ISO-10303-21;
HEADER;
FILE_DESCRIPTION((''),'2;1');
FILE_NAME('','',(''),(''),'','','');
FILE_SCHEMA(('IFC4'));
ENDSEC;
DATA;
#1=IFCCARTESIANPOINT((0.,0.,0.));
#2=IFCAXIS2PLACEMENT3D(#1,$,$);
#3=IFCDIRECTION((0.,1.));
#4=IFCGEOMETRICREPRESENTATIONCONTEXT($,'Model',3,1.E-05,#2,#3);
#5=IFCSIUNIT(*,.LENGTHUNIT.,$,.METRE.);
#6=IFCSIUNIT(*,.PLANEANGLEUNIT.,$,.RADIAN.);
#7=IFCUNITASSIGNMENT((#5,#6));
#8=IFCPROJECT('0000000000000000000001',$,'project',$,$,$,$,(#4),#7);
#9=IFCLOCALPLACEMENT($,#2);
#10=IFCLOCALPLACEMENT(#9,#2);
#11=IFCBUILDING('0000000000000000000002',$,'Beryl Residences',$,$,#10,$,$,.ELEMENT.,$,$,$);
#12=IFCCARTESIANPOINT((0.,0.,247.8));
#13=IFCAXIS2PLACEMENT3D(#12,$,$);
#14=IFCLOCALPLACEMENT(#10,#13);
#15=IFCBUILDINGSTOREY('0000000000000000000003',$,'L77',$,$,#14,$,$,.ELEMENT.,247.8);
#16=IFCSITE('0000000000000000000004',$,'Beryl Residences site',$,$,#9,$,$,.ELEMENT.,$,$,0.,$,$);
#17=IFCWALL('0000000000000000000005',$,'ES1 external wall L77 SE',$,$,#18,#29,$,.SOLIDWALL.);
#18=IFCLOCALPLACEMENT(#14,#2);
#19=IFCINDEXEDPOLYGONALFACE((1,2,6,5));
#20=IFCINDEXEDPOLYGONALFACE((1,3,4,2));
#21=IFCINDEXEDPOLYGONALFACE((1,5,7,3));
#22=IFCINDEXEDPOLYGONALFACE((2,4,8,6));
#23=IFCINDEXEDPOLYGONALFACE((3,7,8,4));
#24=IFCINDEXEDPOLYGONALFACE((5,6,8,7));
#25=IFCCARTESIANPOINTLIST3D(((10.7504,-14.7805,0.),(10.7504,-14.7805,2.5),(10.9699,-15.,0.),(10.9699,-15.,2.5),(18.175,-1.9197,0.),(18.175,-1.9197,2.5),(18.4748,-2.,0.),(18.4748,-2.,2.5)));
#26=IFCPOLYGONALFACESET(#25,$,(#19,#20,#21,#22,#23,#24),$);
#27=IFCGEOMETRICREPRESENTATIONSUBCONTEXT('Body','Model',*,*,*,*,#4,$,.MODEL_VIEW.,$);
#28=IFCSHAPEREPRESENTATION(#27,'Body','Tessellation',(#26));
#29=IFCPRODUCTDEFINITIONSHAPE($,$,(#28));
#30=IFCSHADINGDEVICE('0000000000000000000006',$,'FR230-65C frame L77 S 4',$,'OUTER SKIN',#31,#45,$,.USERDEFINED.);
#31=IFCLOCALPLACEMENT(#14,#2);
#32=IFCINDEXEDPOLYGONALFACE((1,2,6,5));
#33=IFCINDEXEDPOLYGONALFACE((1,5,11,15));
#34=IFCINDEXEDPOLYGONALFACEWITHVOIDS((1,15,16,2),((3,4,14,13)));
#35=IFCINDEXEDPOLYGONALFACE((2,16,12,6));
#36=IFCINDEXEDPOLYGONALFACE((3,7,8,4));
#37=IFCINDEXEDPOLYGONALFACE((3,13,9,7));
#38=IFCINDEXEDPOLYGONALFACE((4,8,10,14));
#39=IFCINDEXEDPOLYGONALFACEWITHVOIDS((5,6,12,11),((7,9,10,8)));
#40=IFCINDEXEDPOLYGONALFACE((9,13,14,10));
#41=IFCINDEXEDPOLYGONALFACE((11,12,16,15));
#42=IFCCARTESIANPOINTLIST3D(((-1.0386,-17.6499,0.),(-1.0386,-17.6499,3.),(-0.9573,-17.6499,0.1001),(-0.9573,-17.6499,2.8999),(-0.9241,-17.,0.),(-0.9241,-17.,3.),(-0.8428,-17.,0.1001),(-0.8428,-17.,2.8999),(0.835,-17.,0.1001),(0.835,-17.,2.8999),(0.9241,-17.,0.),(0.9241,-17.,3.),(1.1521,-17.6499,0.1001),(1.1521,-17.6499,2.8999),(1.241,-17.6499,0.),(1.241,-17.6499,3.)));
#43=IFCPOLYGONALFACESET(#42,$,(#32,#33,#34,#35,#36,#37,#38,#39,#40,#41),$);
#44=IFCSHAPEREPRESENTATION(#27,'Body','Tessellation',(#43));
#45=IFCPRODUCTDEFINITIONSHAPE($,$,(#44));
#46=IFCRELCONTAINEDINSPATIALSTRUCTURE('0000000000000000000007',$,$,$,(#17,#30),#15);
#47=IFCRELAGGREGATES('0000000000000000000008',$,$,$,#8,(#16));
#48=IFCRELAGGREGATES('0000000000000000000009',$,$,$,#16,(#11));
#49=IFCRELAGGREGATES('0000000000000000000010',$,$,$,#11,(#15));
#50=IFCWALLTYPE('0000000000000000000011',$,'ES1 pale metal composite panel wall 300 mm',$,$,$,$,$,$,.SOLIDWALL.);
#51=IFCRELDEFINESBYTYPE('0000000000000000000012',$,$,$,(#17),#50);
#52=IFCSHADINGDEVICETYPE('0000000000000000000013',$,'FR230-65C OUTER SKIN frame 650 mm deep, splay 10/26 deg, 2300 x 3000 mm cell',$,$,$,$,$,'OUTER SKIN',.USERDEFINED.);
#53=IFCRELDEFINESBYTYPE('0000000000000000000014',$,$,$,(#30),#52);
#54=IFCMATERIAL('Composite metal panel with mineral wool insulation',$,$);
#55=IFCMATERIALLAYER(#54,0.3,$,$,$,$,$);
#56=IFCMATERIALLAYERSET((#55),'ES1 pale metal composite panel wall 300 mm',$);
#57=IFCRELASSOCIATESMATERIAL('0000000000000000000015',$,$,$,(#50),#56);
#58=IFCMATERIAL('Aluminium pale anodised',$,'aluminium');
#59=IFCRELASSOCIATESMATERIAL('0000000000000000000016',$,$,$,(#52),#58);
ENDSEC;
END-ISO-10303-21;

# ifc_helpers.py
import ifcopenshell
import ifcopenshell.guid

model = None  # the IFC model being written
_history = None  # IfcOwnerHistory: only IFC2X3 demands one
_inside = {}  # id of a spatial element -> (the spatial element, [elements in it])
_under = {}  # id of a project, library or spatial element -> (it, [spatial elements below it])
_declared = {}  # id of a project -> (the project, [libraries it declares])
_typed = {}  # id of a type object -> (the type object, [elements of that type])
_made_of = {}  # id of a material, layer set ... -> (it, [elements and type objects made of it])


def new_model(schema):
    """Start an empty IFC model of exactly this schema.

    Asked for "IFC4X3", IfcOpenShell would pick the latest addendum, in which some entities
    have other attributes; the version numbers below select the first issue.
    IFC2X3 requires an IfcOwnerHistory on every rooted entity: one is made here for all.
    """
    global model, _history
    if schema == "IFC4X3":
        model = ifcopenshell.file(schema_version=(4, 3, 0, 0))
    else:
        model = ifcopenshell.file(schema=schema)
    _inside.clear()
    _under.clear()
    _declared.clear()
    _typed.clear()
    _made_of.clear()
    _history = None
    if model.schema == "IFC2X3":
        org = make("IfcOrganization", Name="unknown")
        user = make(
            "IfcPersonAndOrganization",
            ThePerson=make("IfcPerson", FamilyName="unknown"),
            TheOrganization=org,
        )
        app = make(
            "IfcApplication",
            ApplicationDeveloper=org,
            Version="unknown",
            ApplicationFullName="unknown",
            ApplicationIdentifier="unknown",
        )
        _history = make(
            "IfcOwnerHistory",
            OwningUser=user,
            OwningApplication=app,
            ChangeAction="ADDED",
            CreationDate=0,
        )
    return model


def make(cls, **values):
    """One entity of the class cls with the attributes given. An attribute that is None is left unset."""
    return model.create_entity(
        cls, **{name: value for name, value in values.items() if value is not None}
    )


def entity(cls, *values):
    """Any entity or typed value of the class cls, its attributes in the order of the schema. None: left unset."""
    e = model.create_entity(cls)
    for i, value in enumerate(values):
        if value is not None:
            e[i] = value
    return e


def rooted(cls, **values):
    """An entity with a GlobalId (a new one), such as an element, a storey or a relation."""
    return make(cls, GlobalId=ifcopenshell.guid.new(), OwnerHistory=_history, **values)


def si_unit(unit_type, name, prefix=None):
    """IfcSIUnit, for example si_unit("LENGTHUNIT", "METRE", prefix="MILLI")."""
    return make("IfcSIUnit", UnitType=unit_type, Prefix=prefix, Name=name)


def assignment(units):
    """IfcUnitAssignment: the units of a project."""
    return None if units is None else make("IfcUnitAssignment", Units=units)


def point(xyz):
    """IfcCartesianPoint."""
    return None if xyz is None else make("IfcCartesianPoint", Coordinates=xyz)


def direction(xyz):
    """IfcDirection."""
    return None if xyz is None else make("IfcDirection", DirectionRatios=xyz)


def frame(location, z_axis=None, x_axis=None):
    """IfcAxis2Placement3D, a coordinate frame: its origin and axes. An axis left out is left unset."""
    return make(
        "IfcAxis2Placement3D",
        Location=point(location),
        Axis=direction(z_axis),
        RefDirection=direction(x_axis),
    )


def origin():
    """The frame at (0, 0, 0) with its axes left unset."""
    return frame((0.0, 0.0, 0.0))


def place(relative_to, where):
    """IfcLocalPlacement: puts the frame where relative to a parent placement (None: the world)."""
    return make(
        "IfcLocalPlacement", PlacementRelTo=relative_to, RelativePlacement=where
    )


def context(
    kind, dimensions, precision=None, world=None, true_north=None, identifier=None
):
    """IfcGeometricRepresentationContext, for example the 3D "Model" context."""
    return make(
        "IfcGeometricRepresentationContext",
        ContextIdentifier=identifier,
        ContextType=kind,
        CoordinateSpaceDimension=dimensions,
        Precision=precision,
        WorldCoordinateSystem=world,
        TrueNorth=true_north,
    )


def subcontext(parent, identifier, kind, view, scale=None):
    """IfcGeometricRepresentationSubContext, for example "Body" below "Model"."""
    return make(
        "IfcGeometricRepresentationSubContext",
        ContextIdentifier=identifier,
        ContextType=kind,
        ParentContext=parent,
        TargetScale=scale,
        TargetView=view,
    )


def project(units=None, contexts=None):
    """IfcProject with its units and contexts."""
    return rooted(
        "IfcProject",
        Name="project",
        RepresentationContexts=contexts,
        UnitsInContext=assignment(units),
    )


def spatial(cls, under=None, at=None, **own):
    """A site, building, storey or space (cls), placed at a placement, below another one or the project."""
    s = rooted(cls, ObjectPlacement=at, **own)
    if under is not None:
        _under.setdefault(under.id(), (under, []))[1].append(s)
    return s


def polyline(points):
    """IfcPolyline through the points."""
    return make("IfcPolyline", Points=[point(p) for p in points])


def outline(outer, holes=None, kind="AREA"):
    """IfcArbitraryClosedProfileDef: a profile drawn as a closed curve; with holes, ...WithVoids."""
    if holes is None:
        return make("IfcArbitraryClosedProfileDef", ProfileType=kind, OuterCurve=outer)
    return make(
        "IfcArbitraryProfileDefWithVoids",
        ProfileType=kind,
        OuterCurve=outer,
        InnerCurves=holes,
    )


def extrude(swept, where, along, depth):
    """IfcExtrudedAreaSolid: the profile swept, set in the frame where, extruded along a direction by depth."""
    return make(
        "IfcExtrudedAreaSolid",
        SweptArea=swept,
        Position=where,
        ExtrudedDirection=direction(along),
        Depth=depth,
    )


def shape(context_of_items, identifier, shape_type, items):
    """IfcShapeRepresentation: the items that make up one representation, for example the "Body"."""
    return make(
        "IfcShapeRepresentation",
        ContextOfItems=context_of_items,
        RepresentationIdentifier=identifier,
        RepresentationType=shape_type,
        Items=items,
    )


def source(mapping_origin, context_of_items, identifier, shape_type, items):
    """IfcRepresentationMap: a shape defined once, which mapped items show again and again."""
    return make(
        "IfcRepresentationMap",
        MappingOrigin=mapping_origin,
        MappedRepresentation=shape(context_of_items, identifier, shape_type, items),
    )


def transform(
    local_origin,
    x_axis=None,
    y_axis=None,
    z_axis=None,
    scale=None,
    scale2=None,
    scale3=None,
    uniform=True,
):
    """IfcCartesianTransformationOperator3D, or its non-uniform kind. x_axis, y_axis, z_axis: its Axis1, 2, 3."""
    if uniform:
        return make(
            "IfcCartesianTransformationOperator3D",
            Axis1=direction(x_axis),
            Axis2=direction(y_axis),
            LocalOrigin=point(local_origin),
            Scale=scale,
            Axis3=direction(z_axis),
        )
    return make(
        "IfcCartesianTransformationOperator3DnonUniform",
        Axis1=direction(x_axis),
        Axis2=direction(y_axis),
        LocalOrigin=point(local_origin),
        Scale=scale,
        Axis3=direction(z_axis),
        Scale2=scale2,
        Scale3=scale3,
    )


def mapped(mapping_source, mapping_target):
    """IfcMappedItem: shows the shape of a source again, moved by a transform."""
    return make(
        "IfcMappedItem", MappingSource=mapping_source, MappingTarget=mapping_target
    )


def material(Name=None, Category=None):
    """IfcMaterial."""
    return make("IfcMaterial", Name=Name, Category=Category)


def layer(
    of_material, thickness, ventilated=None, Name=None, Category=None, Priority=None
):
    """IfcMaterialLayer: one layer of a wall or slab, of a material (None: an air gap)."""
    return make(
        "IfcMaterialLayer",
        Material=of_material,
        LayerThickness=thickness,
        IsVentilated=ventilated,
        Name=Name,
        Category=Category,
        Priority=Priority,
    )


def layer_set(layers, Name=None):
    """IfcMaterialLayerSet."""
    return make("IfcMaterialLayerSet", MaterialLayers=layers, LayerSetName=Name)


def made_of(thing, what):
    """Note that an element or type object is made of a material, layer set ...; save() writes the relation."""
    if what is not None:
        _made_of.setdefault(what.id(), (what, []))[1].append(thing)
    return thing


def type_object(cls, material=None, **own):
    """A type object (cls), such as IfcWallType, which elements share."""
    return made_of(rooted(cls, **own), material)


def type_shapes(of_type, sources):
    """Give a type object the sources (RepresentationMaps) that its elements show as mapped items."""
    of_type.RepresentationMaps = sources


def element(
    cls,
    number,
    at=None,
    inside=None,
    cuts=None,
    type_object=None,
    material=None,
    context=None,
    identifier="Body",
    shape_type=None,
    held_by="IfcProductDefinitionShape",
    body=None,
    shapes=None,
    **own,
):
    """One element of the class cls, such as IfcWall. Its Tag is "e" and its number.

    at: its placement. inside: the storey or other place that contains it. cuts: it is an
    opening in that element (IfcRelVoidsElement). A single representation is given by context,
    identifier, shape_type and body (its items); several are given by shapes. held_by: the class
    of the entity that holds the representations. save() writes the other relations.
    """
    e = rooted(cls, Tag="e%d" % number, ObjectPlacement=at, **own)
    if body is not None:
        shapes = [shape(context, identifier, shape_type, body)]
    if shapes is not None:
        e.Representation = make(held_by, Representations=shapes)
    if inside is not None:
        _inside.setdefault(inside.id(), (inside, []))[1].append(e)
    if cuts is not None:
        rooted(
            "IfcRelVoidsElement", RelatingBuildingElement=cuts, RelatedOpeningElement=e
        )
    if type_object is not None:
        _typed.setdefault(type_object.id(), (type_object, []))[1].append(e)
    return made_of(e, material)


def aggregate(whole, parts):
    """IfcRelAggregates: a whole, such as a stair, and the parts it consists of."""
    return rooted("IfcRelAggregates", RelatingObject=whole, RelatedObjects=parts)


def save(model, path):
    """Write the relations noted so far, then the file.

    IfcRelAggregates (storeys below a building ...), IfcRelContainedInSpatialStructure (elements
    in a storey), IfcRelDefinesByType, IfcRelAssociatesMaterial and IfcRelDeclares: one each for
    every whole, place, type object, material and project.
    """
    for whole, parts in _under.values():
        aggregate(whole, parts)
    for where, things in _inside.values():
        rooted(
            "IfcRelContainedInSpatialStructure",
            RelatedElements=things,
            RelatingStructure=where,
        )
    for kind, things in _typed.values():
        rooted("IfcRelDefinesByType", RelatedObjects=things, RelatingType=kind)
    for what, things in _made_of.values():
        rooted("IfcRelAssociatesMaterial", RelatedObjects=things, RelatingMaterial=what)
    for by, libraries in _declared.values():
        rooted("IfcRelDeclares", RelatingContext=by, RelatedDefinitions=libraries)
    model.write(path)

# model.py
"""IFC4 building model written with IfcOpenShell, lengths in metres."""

from ifc_helpers import new_model, entity, si_unit, direction, frame, origin, place, context, subcontext, project, spatial, polyline, outline, extrude, source, transform, mapped, material, layer, layer_set, type_object, type_shapes, element, save


model = new_model("IFC4")

# Units and contexts
model_context = context("Model", 3, precision=1e-05, world=origin(), true_north=direction((0.0, 1.0)))
body_context = subcontext(model_context, "Body", "Model", "MODEL_VIEW")
ifc_project = project(units=[si_unit("LENGTHUNIT", "METRE"), si_unit("PLANEANGLEUNIT", "RADIAN")], contexts=[model_context])

# Site, building, storey
site_placement = place(None, origin())
site = spatial("IfcSite", under=ifc_project, at=site_placement, Name="Beryl Residences site", CompositionType="ELEMENT", RefElevation=0.0)
building_placement = place(site_placement, origin())
building = spatial("IfcBuilding", under=site, at=building_placement, Name="Beryl Residences", CompositionType="ELEMENT")
storey_placement = place(building_placement, frame((0.0, 0.0, 247.8)))
storey = spatial("IfcBuildingStorey", under=building, at=storey_placement, Name="L77", CompositionType="ELEMENT", Elevation=247.8)

# Wall
ifc_material_1 = material(Name="Composite metal panel with mineral wool insulation")
ifc_layer_1 = layer(ifc_material_1, 0.3)
ifc_layer_set_1 = layer_set([ifc_layer_1], Name="ES1 pale metal composite panel wall 300 mm")
wall_type = type_object("IfcWallType", Name="ES1 pale metal composite panel wall 300 mm", PredefinedType="SOLIDWALL", material=ifc_layer_set_1)
wall_1_placement = place(storey_placement, frame((10.8401, -14.925, 0.0), z_axis=(0.0, 0.0, 1.0), x_axis=(0.499966, 0.866045, 0.0)))
element("IfcWall", 1, at=wall_1_placement, inside=storey, type_object=wall_type, Name="ES1 external wall L77 SE", PredefinedType="SOLIDWALL", context=body_context, shape_type="SweptSolid", body=[
    extrude(outline(polyline([(0.0, -0.1499), (15.0107, -0.1499), (14.9304, 0.1499), (0.0803, 0.1499), (0.0, -0.1499)])), origin(), (0.0, 0.0, 1.0), 2.5),
])

# Shading device
ifc_material_2 = material(Name="Aluminium pale anodised", Category="aluminium")
shading_device_type_1 = type_object("IfcShadingDeviceType", Name="FR230-65C OUTER SKIN frame 650 mm deep, splay 10/26 deg, 2300 x 3000 mm cell", ElementType="OUTER SKIN", PredefinedType="USERDEFINED", material=ifc_material_2)
cartesian_point_1 = entity("IfcCartesianPoint", [-0.9241, 0.0])
cartesian_point_2 = entity("IfcCartesianPoint", [-0.8428, 0.1001])
cartesian_point_3 = entity("IfcCartesianPoint", [-1.0386, 0.0])
cartesian_point_4 = entity("IfcCartesianPoint", [-0.9573, 0.1001])
shared_shape_1 = source(origin(), body_context, "Body", "SweptSolid", [
    entity("IfcExtrudedAreaSolidTapered", entity("IfcArbitraryProfileDefWithVoids", "AREA", None, entity("IfcPolyline", [cartesian_point_1, entity("IfcCartesianPoint", [0.9241, 0.0]), entity("IfcCartesianPoint", [0.9241, 3.0]), entity("IfcCartesianPoint", [-0.9241, 3.0]), cartesian_point_1]), [entity("IfcPolyline", [cartesian_point_2, entity("IfcCartesianPoint", [0.835, 0.1001]), entity("IfcCartesianPoint", [0.835, 2.8999]), entity("IfcCartesianPoint", [-0.8428, 2.8999]), cartesian_point_2])]), entity("IfcAxis2Placement3D", entity("IfcCartesianPoint", [0.0, 0.0, 0.0]), entity("IfcDirection", [0.0, 1.0, 0.0]), entity("IfcDirection", [-1.0, 0.0, 0.0])), entity("IfcDirection", [0.0, 0.0, 1.0]), 0.6499, entity("IfcArbitraryProfileDefWithVoids", "AREA", None, entity("IfcPolyline", [cartesian_point_3, entity("IfcCartesianPoint", [1.241, 0.0]), entity("IfcCartesianPoint", [1.241, 3.0]), entity("IfcCartesianPoint", [-1.0386, 3.0]), cartesian_point_3]), [entity("IfcPolyline", [cartesian_point_4, entity("IfcCartesianPoint", [1.1521, 0.1001]), entity("IfcCartesianPoint", [1.1521, 2.8999]), entity("IfcCartesianPoint", [-0.9573, 2.8999]), cartesian_point_4])])),
])
type_shapes(shading_device_type_1, [shared_shape_1])
for number, where, z_axis, x_axis, name in (
    (2, (0.0, -17.0, 0.0), (0.0, 0.0, 1.0), (-1.0, 0.0, 0.0), "FR230-65C frame L77 S 4"),
):
    element("IfcShadingDevice", number, at=place(storey_placement, frame(where, z_axis=z_axis, x_axis=x_axis)), inside=storey, type_object=shading_device_type_1, Name=name, ObjectType="OUTER SKIN", PredefinedType="USERDEFINED", context=body_context, shape_type="MappedRepresentation", body=[
        mapped(shared_shape_1, transform((0.0, 0.0, 0.0))),
    ])

save(model, "model.ifc")
